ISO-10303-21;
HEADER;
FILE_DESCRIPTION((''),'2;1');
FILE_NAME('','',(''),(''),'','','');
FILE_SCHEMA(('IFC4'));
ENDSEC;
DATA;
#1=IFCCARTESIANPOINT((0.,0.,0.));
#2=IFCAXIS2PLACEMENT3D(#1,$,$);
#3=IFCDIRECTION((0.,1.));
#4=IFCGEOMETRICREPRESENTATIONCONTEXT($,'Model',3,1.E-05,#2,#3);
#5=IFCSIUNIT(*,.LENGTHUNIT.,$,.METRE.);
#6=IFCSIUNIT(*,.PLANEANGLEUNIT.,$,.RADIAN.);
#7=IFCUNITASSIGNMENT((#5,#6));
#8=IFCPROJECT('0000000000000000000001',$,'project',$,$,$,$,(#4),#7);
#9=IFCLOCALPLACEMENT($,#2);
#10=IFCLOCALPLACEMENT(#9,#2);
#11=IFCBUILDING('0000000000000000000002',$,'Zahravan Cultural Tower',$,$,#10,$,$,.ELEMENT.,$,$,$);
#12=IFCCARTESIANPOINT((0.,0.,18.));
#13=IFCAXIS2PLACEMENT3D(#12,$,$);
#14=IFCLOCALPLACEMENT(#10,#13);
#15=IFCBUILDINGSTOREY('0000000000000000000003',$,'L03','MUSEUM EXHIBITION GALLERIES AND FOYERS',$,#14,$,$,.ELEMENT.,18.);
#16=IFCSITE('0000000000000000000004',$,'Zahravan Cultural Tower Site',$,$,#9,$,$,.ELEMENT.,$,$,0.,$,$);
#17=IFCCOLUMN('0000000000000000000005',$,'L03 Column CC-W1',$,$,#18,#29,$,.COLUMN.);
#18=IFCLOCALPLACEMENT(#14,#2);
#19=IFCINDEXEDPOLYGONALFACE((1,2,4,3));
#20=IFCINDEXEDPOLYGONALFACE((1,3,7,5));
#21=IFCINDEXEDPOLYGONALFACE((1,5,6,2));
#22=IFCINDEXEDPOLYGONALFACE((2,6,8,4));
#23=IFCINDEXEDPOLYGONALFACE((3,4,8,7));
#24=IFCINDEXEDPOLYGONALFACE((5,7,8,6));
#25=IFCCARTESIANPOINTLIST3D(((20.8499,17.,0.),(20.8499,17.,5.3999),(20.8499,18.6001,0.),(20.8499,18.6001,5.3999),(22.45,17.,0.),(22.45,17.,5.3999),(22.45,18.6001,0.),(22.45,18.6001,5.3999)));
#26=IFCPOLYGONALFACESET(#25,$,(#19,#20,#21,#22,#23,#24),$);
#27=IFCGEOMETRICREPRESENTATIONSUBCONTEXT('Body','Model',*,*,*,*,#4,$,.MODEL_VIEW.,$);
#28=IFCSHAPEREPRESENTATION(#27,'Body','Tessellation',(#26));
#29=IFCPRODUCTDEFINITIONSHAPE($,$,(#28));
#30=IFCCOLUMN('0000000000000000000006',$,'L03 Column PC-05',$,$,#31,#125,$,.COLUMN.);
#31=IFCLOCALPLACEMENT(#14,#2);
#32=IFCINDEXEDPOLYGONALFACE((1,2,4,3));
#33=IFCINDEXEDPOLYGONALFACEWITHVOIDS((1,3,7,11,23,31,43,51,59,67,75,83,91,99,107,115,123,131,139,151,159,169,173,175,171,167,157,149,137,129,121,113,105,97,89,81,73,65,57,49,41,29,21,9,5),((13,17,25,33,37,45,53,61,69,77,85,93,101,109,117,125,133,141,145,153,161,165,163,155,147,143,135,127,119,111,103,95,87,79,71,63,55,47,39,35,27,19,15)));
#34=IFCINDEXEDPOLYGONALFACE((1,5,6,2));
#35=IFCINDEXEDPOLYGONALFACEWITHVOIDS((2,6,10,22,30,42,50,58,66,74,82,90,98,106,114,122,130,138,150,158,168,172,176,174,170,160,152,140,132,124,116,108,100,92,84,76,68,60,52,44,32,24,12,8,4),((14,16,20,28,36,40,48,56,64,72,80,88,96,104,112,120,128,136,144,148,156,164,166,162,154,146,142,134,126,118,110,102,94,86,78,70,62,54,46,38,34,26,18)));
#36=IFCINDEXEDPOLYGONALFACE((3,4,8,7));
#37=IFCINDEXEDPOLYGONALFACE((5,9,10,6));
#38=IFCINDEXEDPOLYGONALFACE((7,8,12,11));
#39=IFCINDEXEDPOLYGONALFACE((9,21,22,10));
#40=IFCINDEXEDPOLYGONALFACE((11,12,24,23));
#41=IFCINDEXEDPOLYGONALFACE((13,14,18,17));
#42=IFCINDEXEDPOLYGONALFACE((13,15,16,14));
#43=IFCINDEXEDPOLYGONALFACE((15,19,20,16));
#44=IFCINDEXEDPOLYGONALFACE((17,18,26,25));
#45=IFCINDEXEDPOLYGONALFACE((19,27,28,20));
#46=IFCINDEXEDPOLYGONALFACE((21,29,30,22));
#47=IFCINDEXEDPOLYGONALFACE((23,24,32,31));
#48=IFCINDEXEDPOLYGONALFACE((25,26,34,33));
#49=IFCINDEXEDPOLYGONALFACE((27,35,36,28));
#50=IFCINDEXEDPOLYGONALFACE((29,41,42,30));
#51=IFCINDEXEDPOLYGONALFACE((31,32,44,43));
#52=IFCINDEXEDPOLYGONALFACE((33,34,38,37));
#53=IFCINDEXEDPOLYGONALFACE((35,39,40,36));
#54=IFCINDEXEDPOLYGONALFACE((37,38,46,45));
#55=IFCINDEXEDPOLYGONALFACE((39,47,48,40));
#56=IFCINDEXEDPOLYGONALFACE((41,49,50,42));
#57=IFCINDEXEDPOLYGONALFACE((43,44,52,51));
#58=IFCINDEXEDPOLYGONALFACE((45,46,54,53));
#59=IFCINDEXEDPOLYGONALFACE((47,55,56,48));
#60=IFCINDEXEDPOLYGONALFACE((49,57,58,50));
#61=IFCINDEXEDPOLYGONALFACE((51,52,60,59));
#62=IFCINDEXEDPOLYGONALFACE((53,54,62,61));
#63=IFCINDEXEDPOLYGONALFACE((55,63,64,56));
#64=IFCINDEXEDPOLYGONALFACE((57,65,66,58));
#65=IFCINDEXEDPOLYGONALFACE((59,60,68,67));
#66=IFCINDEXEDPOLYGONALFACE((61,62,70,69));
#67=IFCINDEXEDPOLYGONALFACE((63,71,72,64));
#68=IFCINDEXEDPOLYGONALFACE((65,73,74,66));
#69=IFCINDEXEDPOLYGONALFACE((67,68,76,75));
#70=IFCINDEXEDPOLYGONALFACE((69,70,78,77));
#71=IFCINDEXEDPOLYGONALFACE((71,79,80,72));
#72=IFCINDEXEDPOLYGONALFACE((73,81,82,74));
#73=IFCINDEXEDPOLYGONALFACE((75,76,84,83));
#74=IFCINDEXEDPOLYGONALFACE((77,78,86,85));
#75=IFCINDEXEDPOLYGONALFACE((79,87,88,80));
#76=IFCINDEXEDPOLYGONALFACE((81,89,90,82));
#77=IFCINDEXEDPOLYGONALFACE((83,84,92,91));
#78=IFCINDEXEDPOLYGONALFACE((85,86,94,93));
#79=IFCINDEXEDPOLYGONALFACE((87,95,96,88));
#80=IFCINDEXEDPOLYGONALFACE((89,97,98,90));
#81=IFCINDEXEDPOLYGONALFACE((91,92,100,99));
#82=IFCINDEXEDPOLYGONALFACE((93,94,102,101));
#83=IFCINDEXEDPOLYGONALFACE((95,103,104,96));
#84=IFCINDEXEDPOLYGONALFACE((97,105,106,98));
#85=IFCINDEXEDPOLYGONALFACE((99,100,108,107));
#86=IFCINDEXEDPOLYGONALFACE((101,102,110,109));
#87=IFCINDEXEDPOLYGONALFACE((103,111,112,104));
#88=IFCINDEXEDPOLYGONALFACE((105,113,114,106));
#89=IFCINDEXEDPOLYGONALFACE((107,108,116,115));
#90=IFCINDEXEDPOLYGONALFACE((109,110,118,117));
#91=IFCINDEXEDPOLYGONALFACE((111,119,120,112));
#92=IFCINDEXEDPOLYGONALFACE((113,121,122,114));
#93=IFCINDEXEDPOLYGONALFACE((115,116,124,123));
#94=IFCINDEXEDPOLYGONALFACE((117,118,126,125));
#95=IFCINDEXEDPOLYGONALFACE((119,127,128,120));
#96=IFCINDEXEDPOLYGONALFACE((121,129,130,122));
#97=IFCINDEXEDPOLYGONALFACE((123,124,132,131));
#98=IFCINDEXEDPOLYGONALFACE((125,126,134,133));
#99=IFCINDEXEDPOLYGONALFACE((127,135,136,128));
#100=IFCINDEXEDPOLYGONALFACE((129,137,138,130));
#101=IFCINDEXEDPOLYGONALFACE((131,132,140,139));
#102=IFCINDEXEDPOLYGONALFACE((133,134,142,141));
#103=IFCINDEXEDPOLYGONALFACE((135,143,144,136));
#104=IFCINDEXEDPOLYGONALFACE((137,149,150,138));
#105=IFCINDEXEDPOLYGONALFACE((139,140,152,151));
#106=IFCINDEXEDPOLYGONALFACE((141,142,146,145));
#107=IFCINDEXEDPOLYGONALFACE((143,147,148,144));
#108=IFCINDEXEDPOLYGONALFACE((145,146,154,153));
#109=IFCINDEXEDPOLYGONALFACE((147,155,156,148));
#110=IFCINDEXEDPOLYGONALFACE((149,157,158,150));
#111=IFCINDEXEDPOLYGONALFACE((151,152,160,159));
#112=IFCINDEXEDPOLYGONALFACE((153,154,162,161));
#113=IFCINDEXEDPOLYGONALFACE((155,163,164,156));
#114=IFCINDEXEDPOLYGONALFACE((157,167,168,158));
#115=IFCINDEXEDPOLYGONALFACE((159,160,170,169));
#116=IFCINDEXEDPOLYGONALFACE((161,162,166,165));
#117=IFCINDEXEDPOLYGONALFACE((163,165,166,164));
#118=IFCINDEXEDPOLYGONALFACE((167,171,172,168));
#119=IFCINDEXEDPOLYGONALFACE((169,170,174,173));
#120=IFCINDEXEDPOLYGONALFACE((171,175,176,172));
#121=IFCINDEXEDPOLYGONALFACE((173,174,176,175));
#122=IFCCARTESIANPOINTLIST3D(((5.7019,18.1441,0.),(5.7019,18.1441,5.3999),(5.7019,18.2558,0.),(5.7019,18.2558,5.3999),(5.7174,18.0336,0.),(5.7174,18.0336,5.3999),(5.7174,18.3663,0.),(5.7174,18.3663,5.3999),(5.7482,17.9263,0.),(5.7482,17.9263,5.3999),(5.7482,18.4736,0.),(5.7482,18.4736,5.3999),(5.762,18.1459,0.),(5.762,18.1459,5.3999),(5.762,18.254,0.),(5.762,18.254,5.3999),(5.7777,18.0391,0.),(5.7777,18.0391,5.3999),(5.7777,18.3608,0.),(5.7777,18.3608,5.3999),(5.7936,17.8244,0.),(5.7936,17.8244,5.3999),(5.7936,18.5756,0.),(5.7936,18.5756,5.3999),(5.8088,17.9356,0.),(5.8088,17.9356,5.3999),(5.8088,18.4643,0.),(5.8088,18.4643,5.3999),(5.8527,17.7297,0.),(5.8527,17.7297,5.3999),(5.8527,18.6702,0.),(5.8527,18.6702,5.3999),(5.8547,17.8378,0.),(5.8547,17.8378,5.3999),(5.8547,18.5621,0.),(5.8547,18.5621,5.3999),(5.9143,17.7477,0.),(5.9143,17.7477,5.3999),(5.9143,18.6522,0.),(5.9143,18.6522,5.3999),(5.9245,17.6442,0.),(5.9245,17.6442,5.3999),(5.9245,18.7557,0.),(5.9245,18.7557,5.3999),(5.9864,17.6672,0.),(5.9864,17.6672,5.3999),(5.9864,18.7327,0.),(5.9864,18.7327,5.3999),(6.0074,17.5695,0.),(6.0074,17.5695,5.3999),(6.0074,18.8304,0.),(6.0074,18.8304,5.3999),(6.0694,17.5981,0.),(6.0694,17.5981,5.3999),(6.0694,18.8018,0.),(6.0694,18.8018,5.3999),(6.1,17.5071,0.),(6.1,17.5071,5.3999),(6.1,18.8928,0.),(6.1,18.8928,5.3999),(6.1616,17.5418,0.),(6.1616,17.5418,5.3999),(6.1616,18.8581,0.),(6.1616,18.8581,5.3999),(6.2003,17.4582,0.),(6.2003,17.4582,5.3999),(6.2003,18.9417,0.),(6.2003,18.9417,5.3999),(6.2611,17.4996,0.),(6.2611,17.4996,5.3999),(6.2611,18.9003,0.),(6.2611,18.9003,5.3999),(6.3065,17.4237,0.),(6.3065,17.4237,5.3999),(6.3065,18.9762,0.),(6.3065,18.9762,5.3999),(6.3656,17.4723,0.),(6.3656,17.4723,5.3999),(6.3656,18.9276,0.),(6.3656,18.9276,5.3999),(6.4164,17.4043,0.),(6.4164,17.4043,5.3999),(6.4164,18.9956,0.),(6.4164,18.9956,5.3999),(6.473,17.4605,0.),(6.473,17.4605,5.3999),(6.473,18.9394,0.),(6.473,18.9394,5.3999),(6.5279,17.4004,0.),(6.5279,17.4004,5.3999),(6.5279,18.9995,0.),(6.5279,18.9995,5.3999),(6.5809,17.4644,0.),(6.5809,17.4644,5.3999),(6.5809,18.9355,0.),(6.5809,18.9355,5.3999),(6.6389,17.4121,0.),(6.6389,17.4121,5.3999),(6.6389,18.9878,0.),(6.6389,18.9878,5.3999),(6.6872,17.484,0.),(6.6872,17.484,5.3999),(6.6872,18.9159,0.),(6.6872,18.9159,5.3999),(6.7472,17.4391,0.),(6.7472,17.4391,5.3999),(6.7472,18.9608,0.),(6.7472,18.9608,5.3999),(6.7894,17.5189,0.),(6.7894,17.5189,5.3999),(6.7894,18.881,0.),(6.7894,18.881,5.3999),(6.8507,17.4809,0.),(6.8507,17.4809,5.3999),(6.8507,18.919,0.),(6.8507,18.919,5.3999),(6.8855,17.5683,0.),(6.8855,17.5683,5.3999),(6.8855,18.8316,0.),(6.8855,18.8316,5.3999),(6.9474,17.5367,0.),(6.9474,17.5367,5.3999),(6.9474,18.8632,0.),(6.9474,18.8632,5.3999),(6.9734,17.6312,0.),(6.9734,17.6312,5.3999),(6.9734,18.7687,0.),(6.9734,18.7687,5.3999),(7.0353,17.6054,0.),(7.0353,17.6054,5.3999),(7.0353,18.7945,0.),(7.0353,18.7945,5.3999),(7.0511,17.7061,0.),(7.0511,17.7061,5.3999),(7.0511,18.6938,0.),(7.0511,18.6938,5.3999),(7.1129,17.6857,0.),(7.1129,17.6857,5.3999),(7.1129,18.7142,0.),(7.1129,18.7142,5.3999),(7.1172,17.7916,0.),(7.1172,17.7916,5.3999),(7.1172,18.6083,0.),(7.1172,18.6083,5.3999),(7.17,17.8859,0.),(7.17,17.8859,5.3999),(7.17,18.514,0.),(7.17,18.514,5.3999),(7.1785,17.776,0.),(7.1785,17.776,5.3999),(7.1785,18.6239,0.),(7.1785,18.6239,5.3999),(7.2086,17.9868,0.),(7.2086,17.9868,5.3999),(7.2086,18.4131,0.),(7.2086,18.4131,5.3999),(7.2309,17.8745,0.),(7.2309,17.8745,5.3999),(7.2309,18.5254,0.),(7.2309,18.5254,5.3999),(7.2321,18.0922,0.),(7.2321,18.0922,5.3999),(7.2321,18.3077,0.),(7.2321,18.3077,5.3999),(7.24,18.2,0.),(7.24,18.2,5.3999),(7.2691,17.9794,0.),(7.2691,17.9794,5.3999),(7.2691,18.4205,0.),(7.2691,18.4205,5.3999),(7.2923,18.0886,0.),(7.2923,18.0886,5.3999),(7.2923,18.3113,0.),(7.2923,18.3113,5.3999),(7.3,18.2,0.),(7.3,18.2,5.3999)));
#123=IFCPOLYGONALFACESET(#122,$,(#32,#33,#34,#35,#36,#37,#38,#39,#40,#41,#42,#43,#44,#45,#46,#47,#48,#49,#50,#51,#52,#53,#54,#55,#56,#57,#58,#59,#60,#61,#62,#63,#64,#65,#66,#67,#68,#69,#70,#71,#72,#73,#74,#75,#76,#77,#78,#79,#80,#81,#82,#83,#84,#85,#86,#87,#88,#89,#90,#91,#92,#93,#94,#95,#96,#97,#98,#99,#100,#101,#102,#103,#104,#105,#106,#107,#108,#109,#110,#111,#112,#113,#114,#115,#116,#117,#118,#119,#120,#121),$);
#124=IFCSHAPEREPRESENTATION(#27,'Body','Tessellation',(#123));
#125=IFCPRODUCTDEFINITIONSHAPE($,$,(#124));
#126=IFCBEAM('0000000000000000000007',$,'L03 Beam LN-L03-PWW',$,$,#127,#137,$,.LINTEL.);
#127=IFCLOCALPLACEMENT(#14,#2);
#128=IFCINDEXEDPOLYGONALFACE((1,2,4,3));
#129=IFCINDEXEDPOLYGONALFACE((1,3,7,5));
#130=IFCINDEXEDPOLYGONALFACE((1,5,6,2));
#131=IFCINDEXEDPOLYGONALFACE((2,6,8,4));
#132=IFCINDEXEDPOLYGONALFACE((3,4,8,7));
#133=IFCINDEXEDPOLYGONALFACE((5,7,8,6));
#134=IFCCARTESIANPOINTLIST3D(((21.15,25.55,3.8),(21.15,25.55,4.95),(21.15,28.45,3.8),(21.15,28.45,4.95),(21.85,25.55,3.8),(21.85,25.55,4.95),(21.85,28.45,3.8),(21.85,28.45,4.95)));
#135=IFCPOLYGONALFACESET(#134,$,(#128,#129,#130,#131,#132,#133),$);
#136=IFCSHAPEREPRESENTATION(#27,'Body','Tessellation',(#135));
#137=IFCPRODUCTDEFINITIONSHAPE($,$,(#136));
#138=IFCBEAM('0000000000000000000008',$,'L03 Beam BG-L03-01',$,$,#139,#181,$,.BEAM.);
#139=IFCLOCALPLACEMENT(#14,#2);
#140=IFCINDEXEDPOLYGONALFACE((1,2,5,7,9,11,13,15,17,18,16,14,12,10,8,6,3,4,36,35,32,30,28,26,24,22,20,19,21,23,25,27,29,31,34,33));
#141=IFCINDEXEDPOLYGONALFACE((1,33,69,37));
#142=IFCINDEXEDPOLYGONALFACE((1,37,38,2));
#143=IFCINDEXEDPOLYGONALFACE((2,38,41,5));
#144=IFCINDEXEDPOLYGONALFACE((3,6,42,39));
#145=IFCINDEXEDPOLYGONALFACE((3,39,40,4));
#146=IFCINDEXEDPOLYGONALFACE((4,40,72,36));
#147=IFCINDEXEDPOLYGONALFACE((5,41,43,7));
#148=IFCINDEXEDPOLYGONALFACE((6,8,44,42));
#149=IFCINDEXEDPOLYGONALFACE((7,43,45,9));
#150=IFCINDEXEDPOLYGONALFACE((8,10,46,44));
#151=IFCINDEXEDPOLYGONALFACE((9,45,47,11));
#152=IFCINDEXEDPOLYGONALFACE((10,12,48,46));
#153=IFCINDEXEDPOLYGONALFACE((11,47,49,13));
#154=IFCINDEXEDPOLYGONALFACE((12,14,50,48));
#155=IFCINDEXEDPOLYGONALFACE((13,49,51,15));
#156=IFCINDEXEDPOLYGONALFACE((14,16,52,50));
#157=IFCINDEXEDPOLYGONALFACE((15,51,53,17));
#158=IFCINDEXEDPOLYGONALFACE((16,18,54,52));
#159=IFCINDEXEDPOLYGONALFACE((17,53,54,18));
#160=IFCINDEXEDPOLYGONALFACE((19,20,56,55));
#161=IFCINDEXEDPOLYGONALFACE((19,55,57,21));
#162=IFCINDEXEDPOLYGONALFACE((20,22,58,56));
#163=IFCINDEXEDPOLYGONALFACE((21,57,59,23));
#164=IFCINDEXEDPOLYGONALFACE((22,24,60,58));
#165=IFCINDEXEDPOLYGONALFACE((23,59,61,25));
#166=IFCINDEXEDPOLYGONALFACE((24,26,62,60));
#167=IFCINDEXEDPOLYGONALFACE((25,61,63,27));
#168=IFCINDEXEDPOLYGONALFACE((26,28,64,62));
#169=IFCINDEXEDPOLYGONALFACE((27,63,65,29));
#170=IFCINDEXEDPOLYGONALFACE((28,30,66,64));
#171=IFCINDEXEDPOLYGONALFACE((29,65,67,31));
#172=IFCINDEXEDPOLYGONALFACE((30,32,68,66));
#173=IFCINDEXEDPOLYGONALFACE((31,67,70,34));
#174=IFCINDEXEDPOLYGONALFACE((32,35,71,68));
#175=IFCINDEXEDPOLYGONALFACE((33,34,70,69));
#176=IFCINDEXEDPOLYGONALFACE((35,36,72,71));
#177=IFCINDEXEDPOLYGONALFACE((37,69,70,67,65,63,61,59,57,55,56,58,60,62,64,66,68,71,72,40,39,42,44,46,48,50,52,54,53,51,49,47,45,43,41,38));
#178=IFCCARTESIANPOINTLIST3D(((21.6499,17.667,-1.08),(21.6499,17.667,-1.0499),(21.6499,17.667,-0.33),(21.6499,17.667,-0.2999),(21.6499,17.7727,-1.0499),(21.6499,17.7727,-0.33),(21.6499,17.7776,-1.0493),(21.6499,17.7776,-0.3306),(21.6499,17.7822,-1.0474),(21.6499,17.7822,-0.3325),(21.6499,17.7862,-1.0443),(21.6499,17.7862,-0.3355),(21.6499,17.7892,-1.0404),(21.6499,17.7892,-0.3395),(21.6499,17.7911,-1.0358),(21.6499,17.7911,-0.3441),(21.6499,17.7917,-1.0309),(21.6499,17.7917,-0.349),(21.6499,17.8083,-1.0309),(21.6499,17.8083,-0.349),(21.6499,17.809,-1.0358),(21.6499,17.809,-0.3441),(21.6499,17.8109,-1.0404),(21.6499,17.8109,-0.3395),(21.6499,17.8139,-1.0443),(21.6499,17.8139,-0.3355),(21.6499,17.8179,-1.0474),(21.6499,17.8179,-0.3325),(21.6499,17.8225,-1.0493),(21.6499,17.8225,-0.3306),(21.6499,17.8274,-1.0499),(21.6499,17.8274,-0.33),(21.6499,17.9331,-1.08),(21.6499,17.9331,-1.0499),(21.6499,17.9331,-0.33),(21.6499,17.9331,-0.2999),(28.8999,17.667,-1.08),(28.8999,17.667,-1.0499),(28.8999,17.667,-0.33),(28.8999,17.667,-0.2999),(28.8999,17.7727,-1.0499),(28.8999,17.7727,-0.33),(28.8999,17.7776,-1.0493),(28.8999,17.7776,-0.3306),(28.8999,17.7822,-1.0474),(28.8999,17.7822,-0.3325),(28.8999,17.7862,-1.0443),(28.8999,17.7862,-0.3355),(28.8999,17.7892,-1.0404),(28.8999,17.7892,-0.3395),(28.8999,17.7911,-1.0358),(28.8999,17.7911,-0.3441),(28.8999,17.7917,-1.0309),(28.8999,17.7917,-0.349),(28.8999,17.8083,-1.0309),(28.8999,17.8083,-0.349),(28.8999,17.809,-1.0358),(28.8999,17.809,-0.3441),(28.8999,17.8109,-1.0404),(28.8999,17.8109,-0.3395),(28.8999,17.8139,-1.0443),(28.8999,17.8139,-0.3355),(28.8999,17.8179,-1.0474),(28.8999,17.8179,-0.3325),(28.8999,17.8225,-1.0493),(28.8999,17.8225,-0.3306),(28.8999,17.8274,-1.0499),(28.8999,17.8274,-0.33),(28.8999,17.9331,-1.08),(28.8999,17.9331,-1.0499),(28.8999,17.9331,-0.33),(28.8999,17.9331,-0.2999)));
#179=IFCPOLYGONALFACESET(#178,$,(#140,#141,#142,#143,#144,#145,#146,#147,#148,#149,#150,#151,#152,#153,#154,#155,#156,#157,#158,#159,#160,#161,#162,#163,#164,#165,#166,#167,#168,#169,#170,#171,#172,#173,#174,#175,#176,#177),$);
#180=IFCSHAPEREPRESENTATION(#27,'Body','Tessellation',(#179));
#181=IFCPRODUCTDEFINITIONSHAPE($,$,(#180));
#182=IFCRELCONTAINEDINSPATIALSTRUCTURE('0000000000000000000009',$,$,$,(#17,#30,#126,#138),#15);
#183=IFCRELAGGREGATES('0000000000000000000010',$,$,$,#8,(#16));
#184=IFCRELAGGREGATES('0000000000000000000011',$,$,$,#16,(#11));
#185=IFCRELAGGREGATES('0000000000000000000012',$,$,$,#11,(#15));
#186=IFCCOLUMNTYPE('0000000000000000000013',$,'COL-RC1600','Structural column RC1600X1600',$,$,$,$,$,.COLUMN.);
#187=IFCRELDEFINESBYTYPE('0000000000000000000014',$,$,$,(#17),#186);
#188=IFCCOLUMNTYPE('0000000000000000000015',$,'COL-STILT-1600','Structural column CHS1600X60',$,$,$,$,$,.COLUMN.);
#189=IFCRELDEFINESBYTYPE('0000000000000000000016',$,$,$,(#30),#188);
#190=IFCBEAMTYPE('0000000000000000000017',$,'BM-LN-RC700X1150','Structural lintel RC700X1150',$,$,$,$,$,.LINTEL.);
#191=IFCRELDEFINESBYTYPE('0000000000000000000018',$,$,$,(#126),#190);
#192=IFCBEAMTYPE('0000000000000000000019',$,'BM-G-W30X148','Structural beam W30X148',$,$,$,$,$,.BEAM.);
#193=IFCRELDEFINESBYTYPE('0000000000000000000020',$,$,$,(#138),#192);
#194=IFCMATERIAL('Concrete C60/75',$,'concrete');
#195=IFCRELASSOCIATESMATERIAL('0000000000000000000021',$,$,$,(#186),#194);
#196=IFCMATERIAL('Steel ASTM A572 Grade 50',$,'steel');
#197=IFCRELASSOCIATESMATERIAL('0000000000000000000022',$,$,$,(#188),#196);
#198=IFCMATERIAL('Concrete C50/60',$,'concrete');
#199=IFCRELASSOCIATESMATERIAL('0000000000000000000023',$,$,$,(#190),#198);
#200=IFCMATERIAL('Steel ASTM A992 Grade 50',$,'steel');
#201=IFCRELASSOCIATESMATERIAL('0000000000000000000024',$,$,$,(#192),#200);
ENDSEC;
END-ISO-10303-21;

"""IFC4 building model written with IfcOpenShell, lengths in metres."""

from ifc_helpers import new_model, si_unit, direction, frame, origin, origin_2d, place, context, subcontext, project, spatial, rectangle, hollow_circle, i_section, extrude, source, transform, mapped, material, material_profile, profile_set, type_object, element, save


model = new_model("IFC4")

# Units and contexts
model_context = context("Model", 3, precision=1e-05, world=origin(), true_north=direction((0.0, 1.0)))
body_context = subcontext(model_context, "Body", "Model", "MODEL_VIEW")
ifc_project = project(units=[si_unit("LENGTHUNIT", "METRE"), si_unit("PLANEANGLEUNIT", "RADIAN")], contexts=[model_context])

# Site, building, storey
site_placement = place(None, origin())
site = spatial("IfcSite", under=ifc_project, at=site_placement, Name="Zahravan Cultural Tower Site", CompositionType="ELEMENT", RefElevation=0.0)
building_placement = place(site_placement, origin())
building = spatial("IfcBuilding", under=site, at=building_placement, Name="Zahravan Cultural Tower", CompositionType="ELEMENT")
storey_placement = place(building_placement, frame((0.0, 0.0, 18.0)))
storey = spatial("IfcBuildingStorey", under=building, at=storey_placement, Name="L03", Description="MUSEUM EXHIBITION GALLERIES AND FOYERS", CompositionType="ELEMENT", Elevation=18.0)

# Columns
ifc_material_1 = material(Name="Concrete C60/75", Category="concrete")
ifc_material_profile_1 = material_profile(ifc_material_1, rectangle(XDim=1.6001, YDim=1.6001, at=origin_2d()), Name="RC1600X1600")
ifc_profile_set_1 = profile_set([ifc_material_profile_1], Name="Concrete C60/75")
column_type_1 = type_object("IfcColumnType", Name="COL-RC1600", Description="Structural column RC1600X1600", PredefinedType="COLUMN", material=ifc_profile_set_1)
shared_shape_1 = source(origin(), body_context, "Body", "SweptSolid", [
    extrude(rectangle(XDim=1.6001, YDim=1.6001, at=origin_2d()), origin(), (0.0, 0.0, 1.0), 5.3999),
])
column_1_placement = place(storey_placement, frame((21.6499, 17.8, 0.0), z_axis=(0.0, 0.0, 1.0), x_axis=(1.0, 0.0, 0.0)))
element("IfcColumn", 1, at=column_1_placement, inside=storey, type_object=column_type_1, Name="L03 Column CC-W1", PredefinedType="COLUMN", context=body_context, shape_type="MappedRepresentation", body=[
    mapped(shared_shape_1, transform((0.0, 0.0, 0.0), x_axis=(1.0, 0.0, 0.0), y_axis=(0.0, 1.0, 0.0), z_axis=(0.0, 0.0, 1.0), scale=1.0)),
])
ifc_material_2 = material(Name="Steel ASTM A572 Grade 50", Category="steel")
ifc_material_profile_2 = material_profile(ifc_material_2, hollow_circle(Radius=0.8, WallThickness=0.0601, at=origin_2d()), Name="CHS1600X60")
ifc_profile_set_2 = profile_set([ifc_material_profile_2], Name="Steel ASTM A572 Grade 50")
column_type_2 = type_object("IfcColumnType", Name="COL-STILT-1600", Description="Structural column CHS1600X60", PredefinedType="COLUMN", material=ifc_profile_set_2)
shared_shape_2 = source(origin(), body_context, "Body", "SweptSolid", [
    extrude(hollow_circle(Radius=0.8, WallThickness=0.0601, at=origin_2d()), origin(), (0.0, 0.0, 1.0), 5.3999),
])
column_2_placement = place(storey_placement, frame((6.5, 18.2, 0.0), z_axis=(0.0, 0.0, 1.0), x_axis=(1.0, 0.0, 0.0)))
element("IfcColumn", 2, at=column_2_placement, inside=storey, type_object=column_type_2, Name="L03 Column PC-05", PredefinedType="COLUMN", context=body_context, shape_type="MappedRepresentation", body=[
    mapped(shared_shape_2, transform((0.0, 0.0, 0.0), x_axis=(1.0, 0.0, 0.0), y_axis=(0.0, 1.0, 0.0), z_axis=(0.0, 0.0, 1.0), scale=1.0)),
])

# Beams
ifc_material_3 = material(Name="Concrete C50/60", Category="concrete")
ifc_material_profile_3 = material_profile(ifc_material_3, rectangle(XDim=0.7, YDim=1.1499, at=origin_2d()), Name="RC700X1150")
ifc_profile_set_3 = profile_set([ifc_material_profile_3], Name="Concrete C50/60")
beam_type_1 = type_object("IfcBeamType", Name="BM-LN-RC700X1150", Description="Structural lintel RC700X1150", PredefinedType="LINTEL", material=ifc_profile_set_3)
shared_shape_3 = source(origin(), body_context, "Body", "SweptSolid", [
    extrude(rectangle(XDim=0.7, YDim=1.1499, at=origin_2d()), origin(), (0.0, 0.0, 1.0), 2.8999),
])
beam_1_placement = place(storey_placement, frame((21.5, 25.55, 4.375), z_axis=(0.0, 1.0, 0.0), x_axis=(-1.0, 0.0, 0.0)))
element("IfcBeam", 3, at=beam_1_placement, inside=storey, type_object=beam_type_1, Name="L03 Beam LN-L03-PWW", PredefinedType="LINTEL", context=body_context, shape_type="MappedRepresentation", body=[
    mapped(shared_shape_3, transform((0.0, 0.0, 0.0), x_axis=(1.0, 0.0, 0.0), y_axis=(0.0, 1.0, 0.0), z_axis=(0.0, 0.0, 1.0), scale=1.0)),
])
ifc_material_4 = material(Name="Steel ASTM A992 Grade 50", Category="steel")
ifc_material_profile_4 = material_profile(ifc_material_4, i_section(OverallWidth=0.2661, OverallDepth=0.78, WebThickness=0.0166, FlangeThickness=0.03, FilletRadius=0.019, at=origin_2d()), Name="W30X148")
ifc_profile_set_4 = profile_set([ifc_material_profile_4], Name="Steel ASTM A992 Grade 50")
beam_type_2 = type_object("IfcBeamType", Name="BM-G-W30X148", Description="Structural beam W30X148", PredefinedType="BEAM", material=ifc_profile_set_4)
shared_shape_4 = source(origin(), body_context, "Body", "SweptSolid", [
    extrude(i_section(OverallWidth=0.2661, OverallDepth=0.78, WebThickness=0.0166, FlangeThickness=0.03, FilletRadius=0.019, at=origin_2d()), origin(), (0.0, 0.0, 1.0), 7.25),
])
beam_2_placement = place(storey_placement, frame((21.6499, 17.8, -0.6899), z_axis=(1.0, 0.0, 0.0), x_axis=(0.0, 1.0, 0.0)))
element("IfcBeam", 4, at=beam_2_placement, inside=storey, type_object=beam_type_2, Name="L03 Beam BG-L03-01", PredefinedType="BEAM", context=body_context, shape_type="MappedRepresentation", body=[
    mapped(shared_shape_4, transform((0.0, 0.0, 0.0), x_axis=(1.0, 0.0, 0.0), y_axis=(0.0, 1.0, 0.0), z_axis=(0.0, 0.0, 1.0), scale=1.0)),
])

save(model, "model.ifc")
